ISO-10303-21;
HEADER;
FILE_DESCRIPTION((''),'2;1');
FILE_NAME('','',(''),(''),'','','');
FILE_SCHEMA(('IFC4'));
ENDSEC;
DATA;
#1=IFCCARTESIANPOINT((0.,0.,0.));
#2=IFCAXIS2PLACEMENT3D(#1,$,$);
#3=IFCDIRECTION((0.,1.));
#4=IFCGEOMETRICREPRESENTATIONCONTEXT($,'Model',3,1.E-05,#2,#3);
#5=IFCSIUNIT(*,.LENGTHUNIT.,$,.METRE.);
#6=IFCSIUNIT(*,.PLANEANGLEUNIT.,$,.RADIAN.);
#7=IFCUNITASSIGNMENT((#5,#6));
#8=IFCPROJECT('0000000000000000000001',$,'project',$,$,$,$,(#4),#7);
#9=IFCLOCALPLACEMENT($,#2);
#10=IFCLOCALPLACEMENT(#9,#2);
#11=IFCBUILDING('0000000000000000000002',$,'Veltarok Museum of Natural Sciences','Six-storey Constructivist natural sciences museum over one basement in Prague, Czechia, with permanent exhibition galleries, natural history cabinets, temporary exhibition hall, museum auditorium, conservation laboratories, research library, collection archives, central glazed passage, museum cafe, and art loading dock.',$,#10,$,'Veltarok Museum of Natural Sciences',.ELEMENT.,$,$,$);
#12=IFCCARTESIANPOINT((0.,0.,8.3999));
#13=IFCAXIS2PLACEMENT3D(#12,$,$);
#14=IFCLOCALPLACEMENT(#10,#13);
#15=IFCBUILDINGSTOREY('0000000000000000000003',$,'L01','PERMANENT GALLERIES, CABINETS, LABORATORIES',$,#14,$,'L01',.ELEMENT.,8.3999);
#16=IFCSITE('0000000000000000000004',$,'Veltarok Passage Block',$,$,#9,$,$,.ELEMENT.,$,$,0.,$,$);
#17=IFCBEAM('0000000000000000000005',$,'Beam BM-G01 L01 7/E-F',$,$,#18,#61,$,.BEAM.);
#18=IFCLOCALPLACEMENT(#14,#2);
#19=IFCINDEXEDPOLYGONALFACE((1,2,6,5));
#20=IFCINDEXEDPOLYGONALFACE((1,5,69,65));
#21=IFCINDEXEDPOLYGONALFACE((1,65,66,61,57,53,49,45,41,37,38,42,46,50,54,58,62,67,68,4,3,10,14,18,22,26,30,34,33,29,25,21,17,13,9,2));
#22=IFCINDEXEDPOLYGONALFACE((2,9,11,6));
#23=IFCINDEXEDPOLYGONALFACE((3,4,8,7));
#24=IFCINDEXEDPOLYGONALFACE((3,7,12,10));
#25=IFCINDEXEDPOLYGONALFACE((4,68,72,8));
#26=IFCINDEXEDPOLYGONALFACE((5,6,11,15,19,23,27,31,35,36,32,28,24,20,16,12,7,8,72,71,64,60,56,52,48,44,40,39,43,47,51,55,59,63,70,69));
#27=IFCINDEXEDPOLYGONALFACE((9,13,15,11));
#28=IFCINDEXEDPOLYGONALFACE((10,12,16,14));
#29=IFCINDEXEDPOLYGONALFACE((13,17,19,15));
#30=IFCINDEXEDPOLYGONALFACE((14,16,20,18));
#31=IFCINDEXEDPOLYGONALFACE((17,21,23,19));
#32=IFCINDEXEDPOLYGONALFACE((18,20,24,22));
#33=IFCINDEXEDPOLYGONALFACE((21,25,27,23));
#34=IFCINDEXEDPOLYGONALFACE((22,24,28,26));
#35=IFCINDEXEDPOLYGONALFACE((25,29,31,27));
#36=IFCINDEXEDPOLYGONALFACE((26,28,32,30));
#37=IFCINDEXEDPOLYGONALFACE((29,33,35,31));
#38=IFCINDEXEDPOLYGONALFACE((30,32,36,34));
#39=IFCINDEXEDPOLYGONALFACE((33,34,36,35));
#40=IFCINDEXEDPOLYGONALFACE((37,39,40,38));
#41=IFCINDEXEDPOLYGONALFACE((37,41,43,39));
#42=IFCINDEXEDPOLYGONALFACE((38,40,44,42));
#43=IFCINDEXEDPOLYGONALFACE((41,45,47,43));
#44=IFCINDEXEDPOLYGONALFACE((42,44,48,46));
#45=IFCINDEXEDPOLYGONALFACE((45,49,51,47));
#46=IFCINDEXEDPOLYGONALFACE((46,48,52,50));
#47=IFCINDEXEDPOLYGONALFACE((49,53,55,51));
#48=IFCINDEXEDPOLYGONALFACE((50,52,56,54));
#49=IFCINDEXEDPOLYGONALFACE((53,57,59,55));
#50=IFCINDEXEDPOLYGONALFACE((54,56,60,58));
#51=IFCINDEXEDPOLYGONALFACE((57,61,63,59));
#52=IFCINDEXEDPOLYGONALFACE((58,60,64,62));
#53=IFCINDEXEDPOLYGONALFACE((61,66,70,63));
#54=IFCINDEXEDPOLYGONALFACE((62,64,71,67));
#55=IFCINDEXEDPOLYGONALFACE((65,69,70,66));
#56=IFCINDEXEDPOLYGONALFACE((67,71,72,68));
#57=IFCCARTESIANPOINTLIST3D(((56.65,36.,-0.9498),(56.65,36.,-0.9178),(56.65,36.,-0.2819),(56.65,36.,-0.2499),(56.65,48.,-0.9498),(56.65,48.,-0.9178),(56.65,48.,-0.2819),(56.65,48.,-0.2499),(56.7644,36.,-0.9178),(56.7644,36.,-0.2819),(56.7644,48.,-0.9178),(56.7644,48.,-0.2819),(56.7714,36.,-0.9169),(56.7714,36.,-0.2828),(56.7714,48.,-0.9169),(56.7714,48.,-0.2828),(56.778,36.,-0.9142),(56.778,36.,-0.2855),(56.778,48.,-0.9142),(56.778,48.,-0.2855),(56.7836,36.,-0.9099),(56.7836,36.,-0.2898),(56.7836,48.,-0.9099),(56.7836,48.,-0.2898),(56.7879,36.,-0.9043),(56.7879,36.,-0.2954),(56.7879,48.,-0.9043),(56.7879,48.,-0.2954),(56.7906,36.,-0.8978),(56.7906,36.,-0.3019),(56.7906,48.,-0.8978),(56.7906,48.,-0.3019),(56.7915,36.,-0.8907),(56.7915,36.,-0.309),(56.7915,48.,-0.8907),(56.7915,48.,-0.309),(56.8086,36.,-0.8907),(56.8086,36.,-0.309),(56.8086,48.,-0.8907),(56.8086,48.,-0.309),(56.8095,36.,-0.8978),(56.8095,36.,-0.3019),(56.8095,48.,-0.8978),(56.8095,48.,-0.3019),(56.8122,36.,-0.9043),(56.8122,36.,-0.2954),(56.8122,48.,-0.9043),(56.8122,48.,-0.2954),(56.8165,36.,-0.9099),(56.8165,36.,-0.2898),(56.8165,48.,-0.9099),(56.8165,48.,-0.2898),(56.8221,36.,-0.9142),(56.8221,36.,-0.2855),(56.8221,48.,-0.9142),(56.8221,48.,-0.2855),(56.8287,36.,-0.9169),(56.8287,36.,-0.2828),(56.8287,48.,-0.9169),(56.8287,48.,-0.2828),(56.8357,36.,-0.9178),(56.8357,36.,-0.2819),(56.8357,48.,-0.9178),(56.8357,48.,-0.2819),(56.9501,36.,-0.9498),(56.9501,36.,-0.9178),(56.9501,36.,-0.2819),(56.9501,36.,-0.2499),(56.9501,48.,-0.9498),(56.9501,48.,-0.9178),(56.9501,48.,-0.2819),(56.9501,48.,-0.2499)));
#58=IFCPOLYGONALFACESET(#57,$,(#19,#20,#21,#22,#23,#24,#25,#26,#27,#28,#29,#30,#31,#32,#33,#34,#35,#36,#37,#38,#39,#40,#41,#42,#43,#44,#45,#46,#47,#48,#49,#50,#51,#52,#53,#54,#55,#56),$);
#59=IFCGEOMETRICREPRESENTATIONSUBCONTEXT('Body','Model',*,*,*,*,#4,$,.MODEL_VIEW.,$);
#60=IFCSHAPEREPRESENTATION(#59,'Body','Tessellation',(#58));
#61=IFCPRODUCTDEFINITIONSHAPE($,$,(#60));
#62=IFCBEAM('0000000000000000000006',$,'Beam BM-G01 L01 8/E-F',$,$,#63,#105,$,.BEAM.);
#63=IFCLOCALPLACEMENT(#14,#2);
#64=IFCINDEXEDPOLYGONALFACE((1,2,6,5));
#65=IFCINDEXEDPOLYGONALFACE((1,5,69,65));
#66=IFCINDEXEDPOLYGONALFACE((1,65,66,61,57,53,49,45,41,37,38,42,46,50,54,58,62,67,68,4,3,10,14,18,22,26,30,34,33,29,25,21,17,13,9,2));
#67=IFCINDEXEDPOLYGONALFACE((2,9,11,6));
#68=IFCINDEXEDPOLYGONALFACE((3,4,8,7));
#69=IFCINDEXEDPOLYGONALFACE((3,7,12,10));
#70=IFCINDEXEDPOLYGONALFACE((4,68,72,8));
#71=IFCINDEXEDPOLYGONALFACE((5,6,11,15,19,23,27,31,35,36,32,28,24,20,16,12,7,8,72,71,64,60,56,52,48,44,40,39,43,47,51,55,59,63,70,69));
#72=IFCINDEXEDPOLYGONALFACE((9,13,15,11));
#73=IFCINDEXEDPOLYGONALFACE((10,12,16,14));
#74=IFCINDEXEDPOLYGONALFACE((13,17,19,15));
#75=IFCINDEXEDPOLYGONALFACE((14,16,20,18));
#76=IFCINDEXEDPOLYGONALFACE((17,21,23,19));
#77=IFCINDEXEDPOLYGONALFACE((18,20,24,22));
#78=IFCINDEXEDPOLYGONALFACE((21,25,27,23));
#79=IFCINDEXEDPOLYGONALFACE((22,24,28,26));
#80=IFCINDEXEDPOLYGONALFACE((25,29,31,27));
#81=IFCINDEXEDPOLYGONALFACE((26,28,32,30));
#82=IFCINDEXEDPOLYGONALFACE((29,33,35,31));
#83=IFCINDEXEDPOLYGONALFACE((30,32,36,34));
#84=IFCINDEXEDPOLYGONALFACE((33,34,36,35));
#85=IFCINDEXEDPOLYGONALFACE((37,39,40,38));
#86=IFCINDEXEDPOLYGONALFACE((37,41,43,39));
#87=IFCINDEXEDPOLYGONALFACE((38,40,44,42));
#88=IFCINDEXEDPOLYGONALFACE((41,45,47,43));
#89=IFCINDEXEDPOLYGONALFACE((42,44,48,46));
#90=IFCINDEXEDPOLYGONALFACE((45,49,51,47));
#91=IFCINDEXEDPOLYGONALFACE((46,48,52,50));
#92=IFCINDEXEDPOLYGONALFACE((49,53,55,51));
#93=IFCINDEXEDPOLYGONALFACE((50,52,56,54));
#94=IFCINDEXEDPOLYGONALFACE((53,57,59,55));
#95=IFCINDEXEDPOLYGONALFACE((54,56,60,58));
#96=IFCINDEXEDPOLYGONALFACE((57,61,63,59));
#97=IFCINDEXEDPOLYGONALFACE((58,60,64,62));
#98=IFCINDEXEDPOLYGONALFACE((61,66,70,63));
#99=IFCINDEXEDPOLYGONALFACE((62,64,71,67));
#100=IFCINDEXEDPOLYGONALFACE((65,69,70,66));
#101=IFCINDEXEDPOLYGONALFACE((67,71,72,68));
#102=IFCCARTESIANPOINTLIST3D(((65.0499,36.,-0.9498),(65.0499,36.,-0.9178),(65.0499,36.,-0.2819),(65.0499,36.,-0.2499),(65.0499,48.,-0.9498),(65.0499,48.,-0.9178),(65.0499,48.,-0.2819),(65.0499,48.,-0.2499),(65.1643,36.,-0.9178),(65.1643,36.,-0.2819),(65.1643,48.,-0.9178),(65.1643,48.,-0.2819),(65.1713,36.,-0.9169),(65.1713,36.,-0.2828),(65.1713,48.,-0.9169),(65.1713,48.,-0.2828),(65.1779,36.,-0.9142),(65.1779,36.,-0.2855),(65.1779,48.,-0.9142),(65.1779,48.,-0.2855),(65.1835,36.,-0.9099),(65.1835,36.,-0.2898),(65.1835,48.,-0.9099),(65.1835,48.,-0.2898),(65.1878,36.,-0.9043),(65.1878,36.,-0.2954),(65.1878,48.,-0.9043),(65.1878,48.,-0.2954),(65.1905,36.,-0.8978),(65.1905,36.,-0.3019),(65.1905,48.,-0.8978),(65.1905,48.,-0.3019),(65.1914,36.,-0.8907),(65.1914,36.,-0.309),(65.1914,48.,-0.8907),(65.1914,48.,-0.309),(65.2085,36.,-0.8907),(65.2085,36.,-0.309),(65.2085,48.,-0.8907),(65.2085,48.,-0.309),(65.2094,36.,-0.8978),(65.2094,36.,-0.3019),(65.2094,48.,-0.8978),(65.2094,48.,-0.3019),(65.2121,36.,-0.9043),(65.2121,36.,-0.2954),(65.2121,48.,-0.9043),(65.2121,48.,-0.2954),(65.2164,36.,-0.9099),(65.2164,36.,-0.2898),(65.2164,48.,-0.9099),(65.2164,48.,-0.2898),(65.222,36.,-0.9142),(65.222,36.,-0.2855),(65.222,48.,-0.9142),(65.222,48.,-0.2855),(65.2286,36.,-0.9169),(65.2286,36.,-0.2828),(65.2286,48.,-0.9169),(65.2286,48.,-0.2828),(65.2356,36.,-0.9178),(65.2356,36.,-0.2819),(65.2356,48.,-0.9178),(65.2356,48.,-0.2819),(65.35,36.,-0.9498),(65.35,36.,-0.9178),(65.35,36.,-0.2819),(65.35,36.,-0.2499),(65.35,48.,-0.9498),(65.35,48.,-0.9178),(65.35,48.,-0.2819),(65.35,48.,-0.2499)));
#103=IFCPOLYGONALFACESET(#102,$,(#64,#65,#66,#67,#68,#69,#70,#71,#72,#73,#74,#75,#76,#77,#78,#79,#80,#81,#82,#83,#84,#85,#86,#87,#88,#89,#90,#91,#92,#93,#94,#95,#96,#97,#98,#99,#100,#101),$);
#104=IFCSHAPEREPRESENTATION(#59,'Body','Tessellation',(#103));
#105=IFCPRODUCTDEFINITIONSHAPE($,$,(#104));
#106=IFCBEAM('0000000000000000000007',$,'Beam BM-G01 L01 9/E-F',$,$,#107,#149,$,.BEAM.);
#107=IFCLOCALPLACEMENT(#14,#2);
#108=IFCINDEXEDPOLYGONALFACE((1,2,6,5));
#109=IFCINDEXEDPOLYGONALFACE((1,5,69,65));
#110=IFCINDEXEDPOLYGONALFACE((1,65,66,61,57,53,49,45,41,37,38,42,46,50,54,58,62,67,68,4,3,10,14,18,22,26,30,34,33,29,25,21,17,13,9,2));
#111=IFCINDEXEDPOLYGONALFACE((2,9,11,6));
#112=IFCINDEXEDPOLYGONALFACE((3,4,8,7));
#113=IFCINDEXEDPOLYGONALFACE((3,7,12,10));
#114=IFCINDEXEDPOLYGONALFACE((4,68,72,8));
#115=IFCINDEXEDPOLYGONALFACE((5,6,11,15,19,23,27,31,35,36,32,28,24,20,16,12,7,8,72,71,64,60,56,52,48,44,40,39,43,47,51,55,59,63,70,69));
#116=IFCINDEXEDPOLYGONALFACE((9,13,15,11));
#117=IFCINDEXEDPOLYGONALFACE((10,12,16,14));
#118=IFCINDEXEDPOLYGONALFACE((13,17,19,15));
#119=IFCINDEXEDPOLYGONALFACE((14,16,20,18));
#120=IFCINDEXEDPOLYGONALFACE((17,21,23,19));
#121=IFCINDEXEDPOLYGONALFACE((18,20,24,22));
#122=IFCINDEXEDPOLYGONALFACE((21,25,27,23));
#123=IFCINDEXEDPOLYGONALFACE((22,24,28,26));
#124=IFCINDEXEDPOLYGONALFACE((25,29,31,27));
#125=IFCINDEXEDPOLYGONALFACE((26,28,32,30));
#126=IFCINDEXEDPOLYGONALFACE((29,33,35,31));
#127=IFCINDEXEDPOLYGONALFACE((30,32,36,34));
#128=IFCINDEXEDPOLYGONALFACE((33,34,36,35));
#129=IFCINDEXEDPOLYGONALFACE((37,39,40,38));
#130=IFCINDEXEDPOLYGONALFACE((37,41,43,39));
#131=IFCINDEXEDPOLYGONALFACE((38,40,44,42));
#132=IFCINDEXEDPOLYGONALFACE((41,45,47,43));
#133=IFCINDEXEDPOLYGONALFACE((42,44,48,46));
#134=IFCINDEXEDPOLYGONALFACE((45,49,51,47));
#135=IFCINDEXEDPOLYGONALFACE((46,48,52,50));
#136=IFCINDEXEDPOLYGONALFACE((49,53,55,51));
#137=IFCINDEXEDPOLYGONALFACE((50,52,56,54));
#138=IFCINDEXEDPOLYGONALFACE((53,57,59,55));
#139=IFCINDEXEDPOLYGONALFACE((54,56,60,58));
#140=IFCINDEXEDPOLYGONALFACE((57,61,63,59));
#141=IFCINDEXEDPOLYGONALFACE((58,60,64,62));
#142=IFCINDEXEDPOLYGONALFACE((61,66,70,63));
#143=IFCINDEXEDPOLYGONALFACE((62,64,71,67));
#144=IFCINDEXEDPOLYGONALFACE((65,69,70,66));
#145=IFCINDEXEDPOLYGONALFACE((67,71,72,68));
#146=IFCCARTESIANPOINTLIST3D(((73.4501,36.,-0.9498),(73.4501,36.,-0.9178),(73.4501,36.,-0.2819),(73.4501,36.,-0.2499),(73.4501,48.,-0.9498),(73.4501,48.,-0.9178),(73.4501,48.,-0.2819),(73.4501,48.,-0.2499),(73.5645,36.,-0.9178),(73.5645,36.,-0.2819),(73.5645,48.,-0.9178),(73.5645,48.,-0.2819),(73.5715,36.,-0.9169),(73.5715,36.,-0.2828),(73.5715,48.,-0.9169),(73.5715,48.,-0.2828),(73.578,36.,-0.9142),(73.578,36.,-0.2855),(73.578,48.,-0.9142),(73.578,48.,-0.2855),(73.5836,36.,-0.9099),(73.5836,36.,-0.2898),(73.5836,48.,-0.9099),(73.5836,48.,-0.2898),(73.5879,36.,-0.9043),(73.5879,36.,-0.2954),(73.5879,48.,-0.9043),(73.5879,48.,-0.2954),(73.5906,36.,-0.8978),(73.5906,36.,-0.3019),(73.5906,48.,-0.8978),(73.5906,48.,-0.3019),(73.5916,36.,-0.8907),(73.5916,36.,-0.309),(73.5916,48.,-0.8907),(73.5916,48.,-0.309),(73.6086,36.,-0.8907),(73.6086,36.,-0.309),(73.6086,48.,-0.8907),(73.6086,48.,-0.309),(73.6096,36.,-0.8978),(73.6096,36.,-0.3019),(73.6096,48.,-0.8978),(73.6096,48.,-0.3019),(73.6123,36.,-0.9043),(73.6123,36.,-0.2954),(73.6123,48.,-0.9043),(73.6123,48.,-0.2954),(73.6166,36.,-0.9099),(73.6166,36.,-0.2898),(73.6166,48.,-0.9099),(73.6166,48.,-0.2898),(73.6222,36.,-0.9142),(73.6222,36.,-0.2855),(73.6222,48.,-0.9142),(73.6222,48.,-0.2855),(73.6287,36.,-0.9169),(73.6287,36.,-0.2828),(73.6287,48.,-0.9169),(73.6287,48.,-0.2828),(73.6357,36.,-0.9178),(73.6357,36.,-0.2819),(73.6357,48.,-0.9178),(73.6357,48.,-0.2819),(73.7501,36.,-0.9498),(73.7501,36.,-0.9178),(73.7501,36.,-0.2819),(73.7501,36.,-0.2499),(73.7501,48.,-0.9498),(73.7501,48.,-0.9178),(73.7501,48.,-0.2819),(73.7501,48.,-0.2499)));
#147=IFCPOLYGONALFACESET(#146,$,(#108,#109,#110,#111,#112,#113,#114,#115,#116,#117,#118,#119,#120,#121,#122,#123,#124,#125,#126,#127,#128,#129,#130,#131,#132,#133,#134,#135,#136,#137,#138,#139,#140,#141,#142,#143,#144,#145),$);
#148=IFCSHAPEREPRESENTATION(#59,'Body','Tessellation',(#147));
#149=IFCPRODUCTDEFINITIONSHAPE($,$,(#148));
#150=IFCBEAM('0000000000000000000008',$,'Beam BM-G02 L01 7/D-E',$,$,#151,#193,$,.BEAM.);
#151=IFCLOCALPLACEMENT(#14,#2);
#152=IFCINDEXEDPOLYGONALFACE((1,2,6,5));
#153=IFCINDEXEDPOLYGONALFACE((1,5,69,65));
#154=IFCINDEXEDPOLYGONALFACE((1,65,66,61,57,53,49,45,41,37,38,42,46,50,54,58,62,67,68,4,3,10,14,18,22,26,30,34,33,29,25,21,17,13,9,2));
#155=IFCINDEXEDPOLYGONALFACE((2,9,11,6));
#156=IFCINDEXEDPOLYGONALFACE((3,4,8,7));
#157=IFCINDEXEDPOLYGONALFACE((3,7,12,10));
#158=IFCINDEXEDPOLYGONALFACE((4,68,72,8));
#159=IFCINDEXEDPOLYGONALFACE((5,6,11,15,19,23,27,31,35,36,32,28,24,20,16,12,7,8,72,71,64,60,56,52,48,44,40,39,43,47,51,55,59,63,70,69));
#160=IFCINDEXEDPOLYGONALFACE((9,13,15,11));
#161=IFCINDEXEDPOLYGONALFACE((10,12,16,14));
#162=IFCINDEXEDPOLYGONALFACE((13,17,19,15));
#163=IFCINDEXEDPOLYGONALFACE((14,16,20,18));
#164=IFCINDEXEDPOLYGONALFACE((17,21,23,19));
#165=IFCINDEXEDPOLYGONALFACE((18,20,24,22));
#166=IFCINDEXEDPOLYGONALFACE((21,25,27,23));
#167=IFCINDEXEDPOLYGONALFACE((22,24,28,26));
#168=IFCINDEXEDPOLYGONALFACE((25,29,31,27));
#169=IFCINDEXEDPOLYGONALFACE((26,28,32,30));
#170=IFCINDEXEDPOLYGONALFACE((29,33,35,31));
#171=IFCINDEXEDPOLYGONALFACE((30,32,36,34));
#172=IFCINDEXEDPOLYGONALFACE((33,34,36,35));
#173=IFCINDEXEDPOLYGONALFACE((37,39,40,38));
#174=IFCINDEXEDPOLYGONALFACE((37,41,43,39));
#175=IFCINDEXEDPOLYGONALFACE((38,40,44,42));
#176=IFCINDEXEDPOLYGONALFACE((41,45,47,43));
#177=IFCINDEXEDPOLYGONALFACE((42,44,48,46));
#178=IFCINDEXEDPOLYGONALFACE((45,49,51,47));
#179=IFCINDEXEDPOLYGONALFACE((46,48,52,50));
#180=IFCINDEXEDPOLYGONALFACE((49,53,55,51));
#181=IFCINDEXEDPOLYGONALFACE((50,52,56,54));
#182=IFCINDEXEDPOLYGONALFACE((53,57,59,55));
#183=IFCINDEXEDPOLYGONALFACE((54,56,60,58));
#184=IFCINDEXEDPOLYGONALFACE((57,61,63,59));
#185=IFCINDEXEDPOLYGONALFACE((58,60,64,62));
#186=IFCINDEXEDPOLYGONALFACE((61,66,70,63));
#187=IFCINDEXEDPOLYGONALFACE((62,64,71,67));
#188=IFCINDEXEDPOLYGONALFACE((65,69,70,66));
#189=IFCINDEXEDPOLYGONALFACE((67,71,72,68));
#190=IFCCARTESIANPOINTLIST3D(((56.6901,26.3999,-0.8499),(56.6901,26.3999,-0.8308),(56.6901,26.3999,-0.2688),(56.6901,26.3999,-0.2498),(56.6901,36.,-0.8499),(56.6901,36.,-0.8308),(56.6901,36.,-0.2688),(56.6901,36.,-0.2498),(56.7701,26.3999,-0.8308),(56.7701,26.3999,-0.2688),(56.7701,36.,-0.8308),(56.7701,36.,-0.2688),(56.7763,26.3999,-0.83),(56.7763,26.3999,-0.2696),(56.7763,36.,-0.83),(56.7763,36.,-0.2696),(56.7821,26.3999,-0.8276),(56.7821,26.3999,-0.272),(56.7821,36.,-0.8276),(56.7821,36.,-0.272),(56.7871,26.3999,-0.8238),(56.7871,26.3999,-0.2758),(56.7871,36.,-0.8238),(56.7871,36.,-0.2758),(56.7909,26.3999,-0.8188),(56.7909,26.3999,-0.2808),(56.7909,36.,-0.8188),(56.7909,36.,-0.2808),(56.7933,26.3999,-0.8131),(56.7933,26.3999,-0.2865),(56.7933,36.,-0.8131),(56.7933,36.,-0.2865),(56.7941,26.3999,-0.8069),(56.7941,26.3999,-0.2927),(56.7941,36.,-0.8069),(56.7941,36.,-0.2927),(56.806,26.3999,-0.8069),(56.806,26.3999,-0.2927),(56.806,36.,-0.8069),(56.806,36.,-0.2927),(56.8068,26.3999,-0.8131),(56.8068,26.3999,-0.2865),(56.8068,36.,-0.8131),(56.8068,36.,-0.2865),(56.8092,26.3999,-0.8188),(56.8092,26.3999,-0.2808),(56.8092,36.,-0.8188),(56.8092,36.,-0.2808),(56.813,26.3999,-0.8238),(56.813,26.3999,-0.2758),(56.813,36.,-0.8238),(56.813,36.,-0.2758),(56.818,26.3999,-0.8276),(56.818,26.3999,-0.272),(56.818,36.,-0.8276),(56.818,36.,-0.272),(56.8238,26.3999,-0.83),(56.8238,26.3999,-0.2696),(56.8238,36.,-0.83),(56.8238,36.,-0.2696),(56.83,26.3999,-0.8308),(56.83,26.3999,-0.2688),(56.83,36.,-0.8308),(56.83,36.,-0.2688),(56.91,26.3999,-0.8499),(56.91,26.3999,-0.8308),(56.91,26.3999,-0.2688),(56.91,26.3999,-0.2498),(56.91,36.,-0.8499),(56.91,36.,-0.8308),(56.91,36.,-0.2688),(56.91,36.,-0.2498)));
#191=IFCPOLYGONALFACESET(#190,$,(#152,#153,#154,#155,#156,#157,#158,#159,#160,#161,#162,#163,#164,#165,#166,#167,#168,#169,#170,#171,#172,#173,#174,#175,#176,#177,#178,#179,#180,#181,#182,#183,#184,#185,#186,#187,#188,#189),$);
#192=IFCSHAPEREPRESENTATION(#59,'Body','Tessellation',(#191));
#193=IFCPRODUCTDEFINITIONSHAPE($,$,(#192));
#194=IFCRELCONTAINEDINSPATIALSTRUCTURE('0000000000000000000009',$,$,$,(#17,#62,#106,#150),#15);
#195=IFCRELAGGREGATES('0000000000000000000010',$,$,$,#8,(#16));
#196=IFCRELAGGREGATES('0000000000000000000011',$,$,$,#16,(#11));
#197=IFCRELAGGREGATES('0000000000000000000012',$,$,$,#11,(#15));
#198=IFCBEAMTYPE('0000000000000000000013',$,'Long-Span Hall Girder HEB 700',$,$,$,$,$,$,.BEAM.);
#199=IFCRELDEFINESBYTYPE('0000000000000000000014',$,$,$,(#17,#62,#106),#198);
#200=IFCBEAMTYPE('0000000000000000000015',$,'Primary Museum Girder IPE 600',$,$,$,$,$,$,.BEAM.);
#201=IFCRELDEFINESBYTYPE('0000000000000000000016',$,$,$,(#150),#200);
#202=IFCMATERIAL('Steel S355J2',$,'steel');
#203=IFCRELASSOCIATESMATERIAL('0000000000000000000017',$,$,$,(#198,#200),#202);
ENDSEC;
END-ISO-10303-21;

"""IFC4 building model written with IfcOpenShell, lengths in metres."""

from ifc_helpers import new_model, si_unit, direction, frame, origin, origin_2d, place, context, subcontext, project, spatial, i_section, extrude, material, material_profile, profile_set, type_object, element, save


model = new_model("IFC4")

# Units and contexts
model_context = context("Model", 3, precision=1e-05, world=origin(), true_north=direction((0.0, 1.0)))
body_context = subcontext(model_context, "Body", "Model", "MODEL_VIEW")
ifc_project = project(units=[si_unit("LENGTHUNIT", "METRE"), si_unit("PLANEANGLEUNIT", "RADIAN")], contexts=[model_context])

# Site, building, storey
site_placement = place(None, origin())
site = spatial("IfcSite", under=ifc_project, at=site_placement, Name="Veltarok Passage Block", CompositionType="ELEMENT", RefElevation=0.0)
building_placement = place(site_placement, origin())
building = spatial("IfcBuilding", under=site, at=building_placement, Name="Veltarok Museum of Natural Sciences", Description="Six-storey Constructivist natural sciences museum over one basement in Prague, Czechia, with permanent exhibition galleries, natural history cabinets, temporary exhibition hall, museum auditorium, conservation laboratories, research library, collection archives, central glazed passage, museum cafe, and art loading dock.", LongName="Veltarok Museum of Natural Sciences", CompositionType="ELEMENT")
storey_placement = place(building_placement, frame((0.0, 0.0, 8.3999)))
storey = spatial("IfcBuildingStorey", under=building, at=storey_placement, Name="L01", Description="PERMANENT GALLERIES, CABINETS, LABORATORIES", LongName="L01", CompositionType="ELEMENT", Elevation=8.3999)

# Shared definitions
ifc_material = material(Name="Steel S355J2", Category="steel")

# Beams
ifc_material_profile_1 = material_profile(ifc_material, i_section(OverallWidth=0.3, OverallDepth=0.7, WebThickness=0.0171, FlangeThickness=0.032, FilletRadius=0.0271, at=origin_2d()), Name="HEB 700")
ifc_profile_set_1 = profile_set([ifc_material_profile_1], Name="Steel S355J2")
beam_type_1 = type_object("IfcBeamType", Name="Long-Span Hall Girder HEB 700", PredefinedType="BEAM", material=ifc_profile_set_1)
for number, where, z_axis, x_axis, name in (
    (1, (56.8, 36.0, -0.5999), (0.0, 1.0, 0.0), (-1.0, 0.0, 0.0), "Beam BM-G01 L01 7/E-F"),
    (2, (65.2, 36.0, -0.5999), (0.0, 1.0, 0.0), (-1.0, 0.0, 0.0), "Beam BM-G01 L01 8/E-F"),
    (3, (73.6001, 36.0, -0.5999), (0.0, 1.0, 0.0), (-1.0, 0.0, 0.0), "Beam BM-G01 L01 9/E-F"),
):
    element("IfcBeam", number, at=place(storey_placement, frame(where, z_axis=z_axis, x_axis=x_axis)), inside=storey, type_object=beam_type_1, Name=name, PredefinedType="BEAM", context=body_context, shape_type="SweptSolid", body=[
        extrude(i_section(OverallWidth=0.3, OverallDepth=0.7, WebThickness=0.0171, FlangeThickness=0.032, FilletRadius=0.0271, at=origin_2d()), origin(), (0.0, 0.0, 1.0), 12.0),
    ])
ifc_material_profile_2 = material_profile(ifc_material, i_section(OverallWidth=0.22, OverallDepth=0.6001, WebThickness=0.012, FlangeThickness=0.019, FilletRadius=0.0239, at=origin_2d()), Name="IPE 600")
ifc_profile_set_2 = profile_set([ifc_material_profile_2], Name="Steel S355J2")
beam_type_2 = type_object("IfcBeamType", Name="Primary Museum Girder IPE 600", PredefinedType="BEAM", material=ifc_profile_set_2)
for number, where, z_axis, x_axis, name in (
    (4, (56.8, 26.3999, -0.5498), (0.0, 1.0, 0.0), (-1.0, 0.0, 0.0), "Beam BM-G02 L01 7/D-E"),
):
    element("IfcBeam", number, at=place(storey_placement, frame(where, z_axis=z_axis, x_axis=x_axis)), inside=storey, type_object=beam_type_2, Name=name, PredefinedType="BEAM", context=body_context, shape_type="SweptSolid", body=[
        extrude(i_section(OverallWidth=0.22, OverallDepth=0.6001, WebThickness=0.012, FlangeThickness=0.019, FilletRadius=0.0239, at=origin_2d()), origin(), (0.0, 0.0, 1.0), 9.6001),
    ])

save(model, "model.ifc")
